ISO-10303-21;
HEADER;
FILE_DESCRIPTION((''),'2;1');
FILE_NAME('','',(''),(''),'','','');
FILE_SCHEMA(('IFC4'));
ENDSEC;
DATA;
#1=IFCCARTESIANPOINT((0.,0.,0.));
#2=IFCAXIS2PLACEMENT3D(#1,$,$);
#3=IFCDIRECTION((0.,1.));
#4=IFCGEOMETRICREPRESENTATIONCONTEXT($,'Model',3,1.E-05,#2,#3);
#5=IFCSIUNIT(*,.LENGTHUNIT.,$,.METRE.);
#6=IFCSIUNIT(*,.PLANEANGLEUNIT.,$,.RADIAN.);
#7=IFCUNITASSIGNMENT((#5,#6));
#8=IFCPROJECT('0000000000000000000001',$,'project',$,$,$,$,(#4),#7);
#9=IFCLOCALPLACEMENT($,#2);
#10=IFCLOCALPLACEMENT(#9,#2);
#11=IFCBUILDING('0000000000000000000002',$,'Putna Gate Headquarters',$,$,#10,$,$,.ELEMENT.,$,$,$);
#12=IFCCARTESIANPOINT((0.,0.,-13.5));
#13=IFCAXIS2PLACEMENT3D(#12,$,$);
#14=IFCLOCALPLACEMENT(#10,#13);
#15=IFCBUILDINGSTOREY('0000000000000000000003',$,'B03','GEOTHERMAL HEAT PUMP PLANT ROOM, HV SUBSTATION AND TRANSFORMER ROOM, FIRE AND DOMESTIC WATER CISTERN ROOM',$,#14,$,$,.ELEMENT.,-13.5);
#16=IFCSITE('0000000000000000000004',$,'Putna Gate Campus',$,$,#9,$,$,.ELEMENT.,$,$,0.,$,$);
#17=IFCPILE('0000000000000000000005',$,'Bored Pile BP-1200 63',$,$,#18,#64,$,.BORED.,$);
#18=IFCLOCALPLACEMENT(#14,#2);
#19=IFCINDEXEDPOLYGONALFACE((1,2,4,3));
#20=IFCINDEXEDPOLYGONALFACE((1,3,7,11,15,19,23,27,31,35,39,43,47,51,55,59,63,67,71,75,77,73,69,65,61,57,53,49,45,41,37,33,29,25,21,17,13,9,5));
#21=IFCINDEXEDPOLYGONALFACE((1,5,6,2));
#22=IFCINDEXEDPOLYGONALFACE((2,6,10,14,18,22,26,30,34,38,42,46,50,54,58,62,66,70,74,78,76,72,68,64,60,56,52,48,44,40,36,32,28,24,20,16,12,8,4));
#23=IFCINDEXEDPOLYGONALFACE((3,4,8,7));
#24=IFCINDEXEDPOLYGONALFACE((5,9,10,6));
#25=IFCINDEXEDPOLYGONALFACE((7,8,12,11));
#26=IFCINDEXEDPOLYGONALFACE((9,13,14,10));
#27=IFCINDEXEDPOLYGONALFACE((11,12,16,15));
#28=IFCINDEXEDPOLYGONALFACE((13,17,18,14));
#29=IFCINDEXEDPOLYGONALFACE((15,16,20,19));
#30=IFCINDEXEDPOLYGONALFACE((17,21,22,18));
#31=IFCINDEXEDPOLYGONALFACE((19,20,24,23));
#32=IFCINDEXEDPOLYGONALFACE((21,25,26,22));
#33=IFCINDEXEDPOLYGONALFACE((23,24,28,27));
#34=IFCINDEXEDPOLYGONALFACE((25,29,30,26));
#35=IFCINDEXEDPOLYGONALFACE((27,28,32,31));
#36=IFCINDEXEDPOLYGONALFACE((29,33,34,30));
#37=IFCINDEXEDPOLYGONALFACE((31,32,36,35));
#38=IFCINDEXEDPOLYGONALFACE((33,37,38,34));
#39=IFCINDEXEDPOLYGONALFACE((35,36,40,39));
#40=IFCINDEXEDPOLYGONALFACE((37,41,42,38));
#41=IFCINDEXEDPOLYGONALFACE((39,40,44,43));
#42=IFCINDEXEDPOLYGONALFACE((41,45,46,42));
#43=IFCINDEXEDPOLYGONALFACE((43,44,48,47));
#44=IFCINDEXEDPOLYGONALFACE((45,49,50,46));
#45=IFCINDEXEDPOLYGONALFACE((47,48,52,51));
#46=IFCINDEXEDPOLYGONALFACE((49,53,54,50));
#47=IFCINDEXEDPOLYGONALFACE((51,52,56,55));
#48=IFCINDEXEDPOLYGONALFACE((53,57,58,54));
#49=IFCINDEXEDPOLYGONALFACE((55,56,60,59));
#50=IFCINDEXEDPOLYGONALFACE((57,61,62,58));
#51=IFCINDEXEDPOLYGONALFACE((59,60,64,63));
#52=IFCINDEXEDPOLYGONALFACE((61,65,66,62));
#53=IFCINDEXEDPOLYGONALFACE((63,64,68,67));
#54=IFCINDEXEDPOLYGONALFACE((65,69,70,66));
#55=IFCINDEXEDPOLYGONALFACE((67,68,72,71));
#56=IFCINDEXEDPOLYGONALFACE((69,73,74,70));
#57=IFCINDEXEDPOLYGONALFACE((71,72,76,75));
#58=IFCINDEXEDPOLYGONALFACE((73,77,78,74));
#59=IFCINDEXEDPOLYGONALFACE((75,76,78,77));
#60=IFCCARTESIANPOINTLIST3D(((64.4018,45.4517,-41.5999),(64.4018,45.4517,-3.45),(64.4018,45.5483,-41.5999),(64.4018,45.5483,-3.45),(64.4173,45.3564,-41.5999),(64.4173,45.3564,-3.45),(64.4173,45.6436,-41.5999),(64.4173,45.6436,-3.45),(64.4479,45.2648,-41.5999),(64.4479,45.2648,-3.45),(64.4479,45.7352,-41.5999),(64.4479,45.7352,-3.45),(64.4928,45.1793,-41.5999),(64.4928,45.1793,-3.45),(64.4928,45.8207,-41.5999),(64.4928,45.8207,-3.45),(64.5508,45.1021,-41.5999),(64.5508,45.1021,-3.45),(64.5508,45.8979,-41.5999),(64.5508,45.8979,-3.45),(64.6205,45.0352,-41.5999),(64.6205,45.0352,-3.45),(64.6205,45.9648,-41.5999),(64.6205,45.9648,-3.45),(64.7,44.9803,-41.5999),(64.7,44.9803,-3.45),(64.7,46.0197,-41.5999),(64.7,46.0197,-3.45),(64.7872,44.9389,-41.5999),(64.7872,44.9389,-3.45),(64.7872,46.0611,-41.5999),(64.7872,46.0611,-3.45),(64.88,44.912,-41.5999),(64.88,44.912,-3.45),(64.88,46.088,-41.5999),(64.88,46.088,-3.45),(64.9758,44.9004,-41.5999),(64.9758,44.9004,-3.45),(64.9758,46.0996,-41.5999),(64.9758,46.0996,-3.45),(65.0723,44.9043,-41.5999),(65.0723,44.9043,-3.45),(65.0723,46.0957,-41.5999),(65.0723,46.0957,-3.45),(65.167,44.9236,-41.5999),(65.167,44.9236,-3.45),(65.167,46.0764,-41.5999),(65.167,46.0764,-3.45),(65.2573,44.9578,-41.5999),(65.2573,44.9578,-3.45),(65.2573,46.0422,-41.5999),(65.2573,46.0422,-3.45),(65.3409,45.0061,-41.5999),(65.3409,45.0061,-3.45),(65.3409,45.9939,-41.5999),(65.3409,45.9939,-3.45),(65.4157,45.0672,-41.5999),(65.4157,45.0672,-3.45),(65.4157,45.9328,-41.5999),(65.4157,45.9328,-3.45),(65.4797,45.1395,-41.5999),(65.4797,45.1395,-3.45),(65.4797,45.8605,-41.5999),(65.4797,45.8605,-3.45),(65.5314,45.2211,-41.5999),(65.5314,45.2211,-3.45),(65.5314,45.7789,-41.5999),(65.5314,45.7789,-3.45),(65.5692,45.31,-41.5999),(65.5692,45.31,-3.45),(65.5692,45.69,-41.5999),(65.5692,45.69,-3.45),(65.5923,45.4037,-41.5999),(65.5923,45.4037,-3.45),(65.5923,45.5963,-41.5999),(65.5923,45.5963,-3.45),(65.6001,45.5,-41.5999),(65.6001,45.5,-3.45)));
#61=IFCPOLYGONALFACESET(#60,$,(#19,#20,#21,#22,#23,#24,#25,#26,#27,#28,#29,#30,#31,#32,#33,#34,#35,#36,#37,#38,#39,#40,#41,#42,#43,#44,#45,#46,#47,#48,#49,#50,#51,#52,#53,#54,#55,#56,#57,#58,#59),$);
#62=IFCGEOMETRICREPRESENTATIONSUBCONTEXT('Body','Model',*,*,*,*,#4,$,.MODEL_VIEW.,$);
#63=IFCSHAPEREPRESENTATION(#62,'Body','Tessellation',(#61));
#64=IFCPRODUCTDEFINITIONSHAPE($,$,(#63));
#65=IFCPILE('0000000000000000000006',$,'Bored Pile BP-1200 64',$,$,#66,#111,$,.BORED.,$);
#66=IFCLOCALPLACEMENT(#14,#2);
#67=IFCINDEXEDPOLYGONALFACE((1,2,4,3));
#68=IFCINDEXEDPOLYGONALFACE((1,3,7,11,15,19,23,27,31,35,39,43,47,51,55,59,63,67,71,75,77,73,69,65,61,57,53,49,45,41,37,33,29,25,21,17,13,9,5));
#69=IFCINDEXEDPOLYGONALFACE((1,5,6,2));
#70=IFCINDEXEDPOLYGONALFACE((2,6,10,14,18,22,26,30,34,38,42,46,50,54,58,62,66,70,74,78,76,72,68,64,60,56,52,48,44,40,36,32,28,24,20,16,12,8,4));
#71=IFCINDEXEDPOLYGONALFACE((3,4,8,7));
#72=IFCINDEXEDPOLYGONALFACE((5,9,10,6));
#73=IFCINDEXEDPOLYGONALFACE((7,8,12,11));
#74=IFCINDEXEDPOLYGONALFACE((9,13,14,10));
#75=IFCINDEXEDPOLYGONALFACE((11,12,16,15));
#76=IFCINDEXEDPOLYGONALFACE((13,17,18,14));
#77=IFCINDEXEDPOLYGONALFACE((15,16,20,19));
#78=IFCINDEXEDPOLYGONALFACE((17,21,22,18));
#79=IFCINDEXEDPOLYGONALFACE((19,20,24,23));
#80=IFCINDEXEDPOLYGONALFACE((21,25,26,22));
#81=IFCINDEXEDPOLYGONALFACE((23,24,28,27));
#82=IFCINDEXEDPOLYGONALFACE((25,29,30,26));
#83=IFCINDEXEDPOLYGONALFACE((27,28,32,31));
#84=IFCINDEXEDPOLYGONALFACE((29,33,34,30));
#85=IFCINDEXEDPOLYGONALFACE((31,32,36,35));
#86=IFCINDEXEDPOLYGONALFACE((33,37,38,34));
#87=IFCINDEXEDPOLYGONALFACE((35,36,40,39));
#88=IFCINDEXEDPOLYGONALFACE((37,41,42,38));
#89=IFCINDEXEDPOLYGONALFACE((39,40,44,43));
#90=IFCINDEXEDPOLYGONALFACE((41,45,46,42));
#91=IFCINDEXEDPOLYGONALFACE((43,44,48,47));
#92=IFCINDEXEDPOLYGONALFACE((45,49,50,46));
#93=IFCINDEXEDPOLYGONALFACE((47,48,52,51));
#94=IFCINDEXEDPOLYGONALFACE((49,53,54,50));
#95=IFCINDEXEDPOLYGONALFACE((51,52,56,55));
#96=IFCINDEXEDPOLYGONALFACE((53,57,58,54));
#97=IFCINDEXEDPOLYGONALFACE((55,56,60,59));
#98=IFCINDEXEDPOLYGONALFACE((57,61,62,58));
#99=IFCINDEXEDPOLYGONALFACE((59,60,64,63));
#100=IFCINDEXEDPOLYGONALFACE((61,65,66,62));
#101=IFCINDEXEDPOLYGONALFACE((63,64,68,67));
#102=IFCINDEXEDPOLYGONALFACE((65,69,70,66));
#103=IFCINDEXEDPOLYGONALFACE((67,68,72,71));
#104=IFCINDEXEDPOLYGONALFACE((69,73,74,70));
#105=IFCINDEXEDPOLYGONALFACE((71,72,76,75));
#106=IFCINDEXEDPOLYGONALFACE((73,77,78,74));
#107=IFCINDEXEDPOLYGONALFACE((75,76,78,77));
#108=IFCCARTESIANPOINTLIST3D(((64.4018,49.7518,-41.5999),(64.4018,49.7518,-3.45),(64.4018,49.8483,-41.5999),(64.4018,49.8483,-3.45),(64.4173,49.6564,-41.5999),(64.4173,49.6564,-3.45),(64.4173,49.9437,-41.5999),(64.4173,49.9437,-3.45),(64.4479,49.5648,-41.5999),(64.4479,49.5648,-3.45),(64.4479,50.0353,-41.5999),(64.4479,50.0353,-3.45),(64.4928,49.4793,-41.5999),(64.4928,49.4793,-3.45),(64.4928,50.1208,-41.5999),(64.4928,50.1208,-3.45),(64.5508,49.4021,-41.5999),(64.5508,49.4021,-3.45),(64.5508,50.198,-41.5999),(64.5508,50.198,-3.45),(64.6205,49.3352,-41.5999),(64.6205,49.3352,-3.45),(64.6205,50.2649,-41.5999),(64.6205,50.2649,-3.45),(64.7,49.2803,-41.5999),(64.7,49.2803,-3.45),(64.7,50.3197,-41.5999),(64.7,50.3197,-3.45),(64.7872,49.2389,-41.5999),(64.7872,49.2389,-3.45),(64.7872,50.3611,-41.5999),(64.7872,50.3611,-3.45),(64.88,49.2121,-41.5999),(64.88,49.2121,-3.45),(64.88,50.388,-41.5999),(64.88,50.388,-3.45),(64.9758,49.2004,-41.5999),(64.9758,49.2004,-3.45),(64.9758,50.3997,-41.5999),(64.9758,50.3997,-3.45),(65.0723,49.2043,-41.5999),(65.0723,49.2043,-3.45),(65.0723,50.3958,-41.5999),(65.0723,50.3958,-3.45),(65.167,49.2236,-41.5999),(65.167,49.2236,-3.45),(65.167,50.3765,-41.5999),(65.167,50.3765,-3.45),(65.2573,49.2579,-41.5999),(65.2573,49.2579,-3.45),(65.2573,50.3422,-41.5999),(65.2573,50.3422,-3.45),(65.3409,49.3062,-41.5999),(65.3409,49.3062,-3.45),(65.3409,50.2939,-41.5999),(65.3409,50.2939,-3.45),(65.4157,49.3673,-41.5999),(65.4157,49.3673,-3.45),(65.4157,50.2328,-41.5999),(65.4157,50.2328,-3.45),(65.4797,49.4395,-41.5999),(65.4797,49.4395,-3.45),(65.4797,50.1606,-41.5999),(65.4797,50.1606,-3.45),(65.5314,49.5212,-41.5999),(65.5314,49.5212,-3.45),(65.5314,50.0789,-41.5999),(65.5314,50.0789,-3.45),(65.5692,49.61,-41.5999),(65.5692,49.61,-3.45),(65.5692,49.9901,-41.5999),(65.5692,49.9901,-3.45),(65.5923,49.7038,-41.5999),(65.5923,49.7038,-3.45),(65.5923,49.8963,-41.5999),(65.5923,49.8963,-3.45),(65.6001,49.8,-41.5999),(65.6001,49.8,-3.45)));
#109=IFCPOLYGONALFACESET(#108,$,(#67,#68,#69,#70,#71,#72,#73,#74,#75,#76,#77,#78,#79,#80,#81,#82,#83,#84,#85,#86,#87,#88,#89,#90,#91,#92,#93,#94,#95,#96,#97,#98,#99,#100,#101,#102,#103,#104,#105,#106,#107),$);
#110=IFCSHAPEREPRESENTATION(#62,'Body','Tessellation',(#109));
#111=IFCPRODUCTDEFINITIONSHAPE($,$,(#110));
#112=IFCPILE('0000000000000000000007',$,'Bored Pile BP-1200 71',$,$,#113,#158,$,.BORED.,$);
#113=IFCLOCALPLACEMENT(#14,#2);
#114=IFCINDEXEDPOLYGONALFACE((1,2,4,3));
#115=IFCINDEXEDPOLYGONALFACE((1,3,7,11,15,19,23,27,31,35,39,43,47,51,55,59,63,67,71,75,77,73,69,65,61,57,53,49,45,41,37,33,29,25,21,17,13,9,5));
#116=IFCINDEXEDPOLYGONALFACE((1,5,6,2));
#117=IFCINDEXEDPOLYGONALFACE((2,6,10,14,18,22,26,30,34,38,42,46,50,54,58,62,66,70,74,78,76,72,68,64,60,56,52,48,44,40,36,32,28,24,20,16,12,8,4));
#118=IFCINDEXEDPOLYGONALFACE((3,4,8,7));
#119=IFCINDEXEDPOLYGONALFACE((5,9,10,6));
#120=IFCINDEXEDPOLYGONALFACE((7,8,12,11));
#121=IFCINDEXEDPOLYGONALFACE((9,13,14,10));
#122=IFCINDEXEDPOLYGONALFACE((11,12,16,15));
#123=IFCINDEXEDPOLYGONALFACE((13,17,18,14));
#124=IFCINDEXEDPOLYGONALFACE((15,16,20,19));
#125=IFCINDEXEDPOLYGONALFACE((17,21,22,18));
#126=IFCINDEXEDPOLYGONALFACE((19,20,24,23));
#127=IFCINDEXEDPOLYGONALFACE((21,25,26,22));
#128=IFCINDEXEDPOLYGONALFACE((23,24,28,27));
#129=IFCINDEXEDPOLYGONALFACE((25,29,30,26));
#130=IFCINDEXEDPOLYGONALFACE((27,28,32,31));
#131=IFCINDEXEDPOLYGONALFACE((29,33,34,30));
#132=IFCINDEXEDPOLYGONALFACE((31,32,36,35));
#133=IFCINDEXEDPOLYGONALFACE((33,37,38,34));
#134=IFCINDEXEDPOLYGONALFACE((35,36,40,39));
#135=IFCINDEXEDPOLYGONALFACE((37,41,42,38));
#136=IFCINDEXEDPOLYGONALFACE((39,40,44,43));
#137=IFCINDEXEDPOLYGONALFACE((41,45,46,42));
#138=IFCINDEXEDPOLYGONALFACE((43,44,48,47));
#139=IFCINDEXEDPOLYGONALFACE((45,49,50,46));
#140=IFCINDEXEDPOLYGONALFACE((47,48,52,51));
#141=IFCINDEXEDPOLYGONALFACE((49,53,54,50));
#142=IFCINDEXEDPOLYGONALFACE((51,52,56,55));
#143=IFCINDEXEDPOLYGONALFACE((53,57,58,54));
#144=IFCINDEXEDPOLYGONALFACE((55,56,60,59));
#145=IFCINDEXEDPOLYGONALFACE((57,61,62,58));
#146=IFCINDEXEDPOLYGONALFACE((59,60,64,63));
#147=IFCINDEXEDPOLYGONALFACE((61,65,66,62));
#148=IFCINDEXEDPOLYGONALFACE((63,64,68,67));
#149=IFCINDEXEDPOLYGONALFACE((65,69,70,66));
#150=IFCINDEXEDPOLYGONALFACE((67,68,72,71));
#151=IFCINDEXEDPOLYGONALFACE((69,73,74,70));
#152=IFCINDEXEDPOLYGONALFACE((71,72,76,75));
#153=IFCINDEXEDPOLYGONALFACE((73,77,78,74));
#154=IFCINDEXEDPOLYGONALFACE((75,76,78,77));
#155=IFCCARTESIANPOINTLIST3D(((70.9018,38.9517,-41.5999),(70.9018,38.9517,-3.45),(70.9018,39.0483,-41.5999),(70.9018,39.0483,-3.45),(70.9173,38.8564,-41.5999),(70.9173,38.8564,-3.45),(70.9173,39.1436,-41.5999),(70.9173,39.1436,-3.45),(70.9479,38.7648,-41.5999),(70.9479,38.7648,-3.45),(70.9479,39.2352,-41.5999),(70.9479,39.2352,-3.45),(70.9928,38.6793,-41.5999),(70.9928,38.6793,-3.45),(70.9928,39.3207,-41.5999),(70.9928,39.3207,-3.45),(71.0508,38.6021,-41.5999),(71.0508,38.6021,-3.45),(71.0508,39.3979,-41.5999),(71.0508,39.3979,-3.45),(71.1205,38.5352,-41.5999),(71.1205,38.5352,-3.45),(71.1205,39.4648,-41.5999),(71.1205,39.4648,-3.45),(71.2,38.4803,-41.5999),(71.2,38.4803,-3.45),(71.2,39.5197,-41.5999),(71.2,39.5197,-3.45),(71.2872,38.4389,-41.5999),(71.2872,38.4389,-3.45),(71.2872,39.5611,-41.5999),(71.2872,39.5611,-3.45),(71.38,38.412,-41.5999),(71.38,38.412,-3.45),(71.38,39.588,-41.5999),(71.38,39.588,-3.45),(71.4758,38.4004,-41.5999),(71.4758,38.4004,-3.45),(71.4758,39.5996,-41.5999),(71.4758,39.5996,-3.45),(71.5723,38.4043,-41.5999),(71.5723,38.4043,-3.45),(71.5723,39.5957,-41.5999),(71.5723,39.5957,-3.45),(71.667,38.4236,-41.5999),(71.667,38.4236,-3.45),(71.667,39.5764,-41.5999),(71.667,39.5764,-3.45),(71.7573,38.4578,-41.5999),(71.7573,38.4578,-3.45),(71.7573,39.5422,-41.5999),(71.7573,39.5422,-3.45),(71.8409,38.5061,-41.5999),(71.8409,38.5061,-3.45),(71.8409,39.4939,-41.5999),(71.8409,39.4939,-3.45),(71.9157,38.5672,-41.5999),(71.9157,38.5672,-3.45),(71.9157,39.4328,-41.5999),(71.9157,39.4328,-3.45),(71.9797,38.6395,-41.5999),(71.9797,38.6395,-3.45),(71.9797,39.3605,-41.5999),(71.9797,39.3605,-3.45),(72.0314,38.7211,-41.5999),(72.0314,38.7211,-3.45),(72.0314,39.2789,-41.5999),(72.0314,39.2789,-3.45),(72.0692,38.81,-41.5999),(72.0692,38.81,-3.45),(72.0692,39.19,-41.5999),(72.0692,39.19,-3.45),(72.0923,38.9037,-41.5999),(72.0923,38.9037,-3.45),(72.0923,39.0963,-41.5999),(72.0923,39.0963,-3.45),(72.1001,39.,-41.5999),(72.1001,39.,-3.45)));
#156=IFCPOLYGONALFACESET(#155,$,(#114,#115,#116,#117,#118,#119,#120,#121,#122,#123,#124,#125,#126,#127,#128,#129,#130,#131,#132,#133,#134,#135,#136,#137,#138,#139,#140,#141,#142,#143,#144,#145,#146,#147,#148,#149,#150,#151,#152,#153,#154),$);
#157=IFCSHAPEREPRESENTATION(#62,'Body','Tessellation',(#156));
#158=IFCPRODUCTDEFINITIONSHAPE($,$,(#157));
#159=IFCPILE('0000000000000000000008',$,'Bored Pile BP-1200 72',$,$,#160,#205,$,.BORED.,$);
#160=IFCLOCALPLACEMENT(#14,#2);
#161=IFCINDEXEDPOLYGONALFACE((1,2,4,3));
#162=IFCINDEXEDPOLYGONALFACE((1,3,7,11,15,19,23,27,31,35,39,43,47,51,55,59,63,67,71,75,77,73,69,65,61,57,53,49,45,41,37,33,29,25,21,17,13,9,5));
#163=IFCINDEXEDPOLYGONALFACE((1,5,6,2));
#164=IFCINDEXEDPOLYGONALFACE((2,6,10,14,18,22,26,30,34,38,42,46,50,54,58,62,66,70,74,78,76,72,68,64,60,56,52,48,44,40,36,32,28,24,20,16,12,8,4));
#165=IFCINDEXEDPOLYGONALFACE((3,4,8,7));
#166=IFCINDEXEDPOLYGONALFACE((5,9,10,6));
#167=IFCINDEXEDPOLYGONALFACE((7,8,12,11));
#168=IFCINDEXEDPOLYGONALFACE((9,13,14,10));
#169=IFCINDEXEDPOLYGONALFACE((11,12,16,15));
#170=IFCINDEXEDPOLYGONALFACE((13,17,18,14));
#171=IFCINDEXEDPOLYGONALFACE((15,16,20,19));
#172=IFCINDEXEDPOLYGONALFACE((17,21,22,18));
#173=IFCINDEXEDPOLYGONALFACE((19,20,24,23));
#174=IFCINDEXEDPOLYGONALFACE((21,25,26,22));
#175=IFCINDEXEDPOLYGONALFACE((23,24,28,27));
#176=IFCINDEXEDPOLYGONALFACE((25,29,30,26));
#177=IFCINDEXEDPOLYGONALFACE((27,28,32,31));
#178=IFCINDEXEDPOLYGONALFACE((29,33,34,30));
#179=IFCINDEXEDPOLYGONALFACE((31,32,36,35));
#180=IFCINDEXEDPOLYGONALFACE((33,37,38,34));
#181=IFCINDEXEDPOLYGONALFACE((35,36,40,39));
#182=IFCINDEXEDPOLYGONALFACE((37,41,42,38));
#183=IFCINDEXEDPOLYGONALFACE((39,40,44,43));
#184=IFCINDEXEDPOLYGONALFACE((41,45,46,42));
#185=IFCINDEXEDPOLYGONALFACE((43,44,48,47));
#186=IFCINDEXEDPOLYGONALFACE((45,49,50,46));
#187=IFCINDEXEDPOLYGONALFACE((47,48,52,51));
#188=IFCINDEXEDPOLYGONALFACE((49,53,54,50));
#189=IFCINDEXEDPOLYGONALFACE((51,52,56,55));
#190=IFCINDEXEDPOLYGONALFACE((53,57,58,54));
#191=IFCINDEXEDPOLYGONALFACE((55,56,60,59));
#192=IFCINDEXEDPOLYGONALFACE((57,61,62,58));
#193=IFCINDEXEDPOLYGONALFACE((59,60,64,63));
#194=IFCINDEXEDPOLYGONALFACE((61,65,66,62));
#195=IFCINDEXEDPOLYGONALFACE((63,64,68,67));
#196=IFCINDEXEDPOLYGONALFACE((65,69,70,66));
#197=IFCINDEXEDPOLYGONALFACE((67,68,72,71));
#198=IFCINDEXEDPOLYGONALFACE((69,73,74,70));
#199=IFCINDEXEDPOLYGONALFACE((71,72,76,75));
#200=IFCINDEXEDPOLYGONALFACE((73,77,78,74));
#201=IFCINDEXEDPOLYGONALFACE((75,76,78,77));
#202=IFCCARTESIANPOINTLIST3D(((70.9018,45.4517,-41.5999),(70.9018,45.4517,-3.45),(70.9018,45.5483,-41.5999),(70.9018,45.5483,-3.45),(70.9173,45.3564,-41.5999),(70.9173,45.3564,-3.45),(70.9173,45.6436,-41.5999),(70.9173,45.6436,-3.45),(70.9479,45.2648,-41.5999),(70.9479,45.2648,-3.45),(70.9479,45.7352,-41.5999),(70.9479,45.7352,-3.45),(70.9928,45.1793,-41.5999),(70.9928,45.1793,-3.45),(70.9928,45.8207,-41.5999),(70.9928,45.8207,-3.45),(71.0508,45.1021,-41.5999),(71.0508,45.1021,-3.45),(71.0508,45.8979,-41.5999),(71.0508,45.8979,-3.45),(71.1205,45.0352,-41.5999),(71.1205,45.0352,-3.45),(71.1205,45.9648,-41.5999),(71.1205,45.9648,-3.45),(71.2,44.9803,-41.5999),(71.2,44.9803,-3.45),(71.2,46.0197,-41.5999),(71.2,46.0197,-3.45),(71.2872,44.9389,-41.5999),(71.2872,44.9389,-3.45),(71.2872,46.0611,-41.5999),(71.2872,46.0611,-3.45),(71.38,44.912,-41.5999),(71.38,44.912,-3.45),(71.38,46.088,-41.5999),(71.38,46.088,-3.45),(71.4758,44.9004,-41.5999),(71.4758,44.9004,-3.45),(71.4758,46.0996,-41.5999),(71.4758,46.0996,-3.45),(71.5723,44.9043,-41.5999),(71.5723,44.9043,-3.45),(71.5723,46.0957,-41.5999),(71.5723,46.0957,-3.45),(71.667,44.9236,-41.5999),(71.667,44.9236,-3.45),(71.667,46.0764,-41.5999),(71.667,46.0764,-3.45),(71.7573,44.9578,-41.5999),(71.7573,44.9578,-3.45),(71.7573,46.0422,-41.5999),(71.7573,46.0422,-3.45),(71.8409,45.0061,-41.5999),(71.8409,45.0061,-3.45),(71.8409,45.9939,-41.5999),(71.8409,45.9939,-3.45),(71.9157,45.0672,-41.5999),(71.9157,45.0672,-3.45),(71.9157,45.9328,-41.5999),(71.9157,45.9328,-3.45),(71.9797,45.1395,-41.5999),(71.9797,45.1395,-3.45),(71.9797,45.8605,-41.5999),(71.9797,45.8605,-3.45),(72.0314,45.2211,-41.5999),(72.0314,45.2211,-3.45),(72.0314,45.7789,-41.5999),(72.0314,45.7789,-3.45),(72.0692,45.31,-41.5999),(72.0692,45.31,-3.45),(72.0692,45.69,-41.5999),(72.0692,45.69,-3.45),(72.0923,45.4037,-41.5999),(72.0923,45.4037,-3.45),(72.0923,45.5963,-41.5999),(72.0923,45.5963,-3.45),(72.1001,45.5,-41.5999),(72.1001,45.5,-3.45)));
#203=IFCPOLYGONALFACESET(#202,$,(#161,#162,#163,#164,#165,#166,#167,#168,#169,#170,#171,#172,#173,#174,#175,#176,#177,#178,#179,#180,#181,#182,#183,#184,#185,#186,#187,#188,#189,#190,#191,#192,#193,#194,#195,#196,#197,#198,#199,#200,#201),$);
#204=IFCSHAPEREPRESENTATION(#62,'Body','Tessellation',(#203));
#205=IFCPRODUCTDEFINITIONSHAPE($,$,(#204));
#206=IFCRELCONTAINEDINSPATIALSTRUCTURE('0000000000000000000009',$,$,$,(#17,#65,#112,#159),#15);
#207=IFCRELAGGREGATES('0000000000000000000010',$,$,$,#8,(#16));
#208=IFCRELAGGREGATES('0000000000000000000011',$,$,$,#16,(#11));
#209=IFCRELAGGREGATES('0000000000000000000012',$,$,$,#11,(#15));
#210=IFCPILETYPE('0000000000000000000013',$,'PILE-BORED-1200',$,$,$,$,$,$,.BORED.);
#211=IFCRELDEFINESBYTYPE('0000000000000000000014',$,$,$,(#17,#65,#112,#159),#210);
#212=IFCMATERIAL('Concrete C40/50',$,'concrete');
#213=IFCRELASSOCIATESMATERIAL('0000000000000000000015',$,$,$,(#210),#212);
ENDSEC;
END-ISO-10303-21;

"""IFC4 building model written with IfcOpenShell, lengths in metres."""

from ifc_helpers import new_model, si_unit, direction, frame, origin, origin_2d, place, context, subcontext, project, spatial, circle, extrude, material, material_profile, profile_set, type_object, element, save


model = new_model("IFC4")

# Units and contexts
model_context = context("Model", 3, precision=1e-05, world=origin(), true_north=direction((0.0, 1.0)))
body_context = subcontext(model_context, "Body", "Model", "MODEL_VIEW")
ifc_project = project(units=[si_unit("LENGTHUNIT", "METRE"), si_unit("PLANEANGLEUNIT", "RADIAN")], contexts=[model_context])

# Site, building, storey
site_placement = place(None, origin())
site = spatial("IfcSite", under=ifc_project, at=site_placement, Name="Putna Gate Campus", CompositionType="ELEMENT", RefElevation=0.0)
building_placement = place(site_placement, origin())
building = spatial("IfcBuilding", under=site, at=building_placement, Name="Putna Gate Headquarters", CompositionType="ELEMENT")
storey_placement = place(building_placement, frame((0.0, 0.0, -13.5)))
storey = spatial("IfcBuildingStorey", under=building, at=storey_placement, Name="B03", Description="GEOTHERMAL HEAT PUMP PLANT ROOM, HV SUBSTATION AND TRANSFORMER ROOM, FIRE AND DOMESTIC WATER CISTERN ROOM", CompositionType="ELEMENT", Elevation=-13.5)

# Shared definitions
ifc_material_1 = material(Name="Concrete C40/50", Category="concrete")

# Piles
ifc_material_profile_1 = material_profile(ifc_material_1, circle(Radius=0.6001, at=origin_2d()), Name="Concrete C40/50")
ifc_profile_set_1 = profile_set([ifc_material_profile_1], Name="Concrete C40/50")
pile_type = type_object("IfcPileType", Name="PILE-BORED-1200", PredefinedType="BORED", material=ifc_profile_set_1)
for number, where, z_axis, x_axis, name in (
    (1, (65.0, 45.5, -3.45), (0.0, 0.0, -1.0), (1.0, 0.0, 0.0), "Bored Pile BP-1200 63"),
    (2, (65.0, 49.8, -3.45), (0.0, 0.0, -1.0), (1.0, 0.0, 0.0), "Bored Pile BP-1200 64"),
    (3, (71.5, 39.0, -3.45), (0.0, 0.0, -1.0), (1.0, 0.0, 0.0), "Bored Pile BP-1200 71"),
    (4, (71.5, 45.5, -3.45), (0.0, 0.0, -1.0), (1.0, 0.0, 0.0), "Bored Pile BP-1200 72"),
):
    element("IfcPile", number, at=place(storey_placement, frame(where, z_axis=z_axis, x_axis=x_axis)), inside=storey, type_object=pile_type, Name=name, PredefinedType="BORED", context=body_context, shape_type="SweptSolid", body=[
        extrude(circle(Radius=0.6001, at=origin_2d()), origin(), (0.0, 0.0, 1.0), 38.1499),
    ])

save(model, "model.ifc")
